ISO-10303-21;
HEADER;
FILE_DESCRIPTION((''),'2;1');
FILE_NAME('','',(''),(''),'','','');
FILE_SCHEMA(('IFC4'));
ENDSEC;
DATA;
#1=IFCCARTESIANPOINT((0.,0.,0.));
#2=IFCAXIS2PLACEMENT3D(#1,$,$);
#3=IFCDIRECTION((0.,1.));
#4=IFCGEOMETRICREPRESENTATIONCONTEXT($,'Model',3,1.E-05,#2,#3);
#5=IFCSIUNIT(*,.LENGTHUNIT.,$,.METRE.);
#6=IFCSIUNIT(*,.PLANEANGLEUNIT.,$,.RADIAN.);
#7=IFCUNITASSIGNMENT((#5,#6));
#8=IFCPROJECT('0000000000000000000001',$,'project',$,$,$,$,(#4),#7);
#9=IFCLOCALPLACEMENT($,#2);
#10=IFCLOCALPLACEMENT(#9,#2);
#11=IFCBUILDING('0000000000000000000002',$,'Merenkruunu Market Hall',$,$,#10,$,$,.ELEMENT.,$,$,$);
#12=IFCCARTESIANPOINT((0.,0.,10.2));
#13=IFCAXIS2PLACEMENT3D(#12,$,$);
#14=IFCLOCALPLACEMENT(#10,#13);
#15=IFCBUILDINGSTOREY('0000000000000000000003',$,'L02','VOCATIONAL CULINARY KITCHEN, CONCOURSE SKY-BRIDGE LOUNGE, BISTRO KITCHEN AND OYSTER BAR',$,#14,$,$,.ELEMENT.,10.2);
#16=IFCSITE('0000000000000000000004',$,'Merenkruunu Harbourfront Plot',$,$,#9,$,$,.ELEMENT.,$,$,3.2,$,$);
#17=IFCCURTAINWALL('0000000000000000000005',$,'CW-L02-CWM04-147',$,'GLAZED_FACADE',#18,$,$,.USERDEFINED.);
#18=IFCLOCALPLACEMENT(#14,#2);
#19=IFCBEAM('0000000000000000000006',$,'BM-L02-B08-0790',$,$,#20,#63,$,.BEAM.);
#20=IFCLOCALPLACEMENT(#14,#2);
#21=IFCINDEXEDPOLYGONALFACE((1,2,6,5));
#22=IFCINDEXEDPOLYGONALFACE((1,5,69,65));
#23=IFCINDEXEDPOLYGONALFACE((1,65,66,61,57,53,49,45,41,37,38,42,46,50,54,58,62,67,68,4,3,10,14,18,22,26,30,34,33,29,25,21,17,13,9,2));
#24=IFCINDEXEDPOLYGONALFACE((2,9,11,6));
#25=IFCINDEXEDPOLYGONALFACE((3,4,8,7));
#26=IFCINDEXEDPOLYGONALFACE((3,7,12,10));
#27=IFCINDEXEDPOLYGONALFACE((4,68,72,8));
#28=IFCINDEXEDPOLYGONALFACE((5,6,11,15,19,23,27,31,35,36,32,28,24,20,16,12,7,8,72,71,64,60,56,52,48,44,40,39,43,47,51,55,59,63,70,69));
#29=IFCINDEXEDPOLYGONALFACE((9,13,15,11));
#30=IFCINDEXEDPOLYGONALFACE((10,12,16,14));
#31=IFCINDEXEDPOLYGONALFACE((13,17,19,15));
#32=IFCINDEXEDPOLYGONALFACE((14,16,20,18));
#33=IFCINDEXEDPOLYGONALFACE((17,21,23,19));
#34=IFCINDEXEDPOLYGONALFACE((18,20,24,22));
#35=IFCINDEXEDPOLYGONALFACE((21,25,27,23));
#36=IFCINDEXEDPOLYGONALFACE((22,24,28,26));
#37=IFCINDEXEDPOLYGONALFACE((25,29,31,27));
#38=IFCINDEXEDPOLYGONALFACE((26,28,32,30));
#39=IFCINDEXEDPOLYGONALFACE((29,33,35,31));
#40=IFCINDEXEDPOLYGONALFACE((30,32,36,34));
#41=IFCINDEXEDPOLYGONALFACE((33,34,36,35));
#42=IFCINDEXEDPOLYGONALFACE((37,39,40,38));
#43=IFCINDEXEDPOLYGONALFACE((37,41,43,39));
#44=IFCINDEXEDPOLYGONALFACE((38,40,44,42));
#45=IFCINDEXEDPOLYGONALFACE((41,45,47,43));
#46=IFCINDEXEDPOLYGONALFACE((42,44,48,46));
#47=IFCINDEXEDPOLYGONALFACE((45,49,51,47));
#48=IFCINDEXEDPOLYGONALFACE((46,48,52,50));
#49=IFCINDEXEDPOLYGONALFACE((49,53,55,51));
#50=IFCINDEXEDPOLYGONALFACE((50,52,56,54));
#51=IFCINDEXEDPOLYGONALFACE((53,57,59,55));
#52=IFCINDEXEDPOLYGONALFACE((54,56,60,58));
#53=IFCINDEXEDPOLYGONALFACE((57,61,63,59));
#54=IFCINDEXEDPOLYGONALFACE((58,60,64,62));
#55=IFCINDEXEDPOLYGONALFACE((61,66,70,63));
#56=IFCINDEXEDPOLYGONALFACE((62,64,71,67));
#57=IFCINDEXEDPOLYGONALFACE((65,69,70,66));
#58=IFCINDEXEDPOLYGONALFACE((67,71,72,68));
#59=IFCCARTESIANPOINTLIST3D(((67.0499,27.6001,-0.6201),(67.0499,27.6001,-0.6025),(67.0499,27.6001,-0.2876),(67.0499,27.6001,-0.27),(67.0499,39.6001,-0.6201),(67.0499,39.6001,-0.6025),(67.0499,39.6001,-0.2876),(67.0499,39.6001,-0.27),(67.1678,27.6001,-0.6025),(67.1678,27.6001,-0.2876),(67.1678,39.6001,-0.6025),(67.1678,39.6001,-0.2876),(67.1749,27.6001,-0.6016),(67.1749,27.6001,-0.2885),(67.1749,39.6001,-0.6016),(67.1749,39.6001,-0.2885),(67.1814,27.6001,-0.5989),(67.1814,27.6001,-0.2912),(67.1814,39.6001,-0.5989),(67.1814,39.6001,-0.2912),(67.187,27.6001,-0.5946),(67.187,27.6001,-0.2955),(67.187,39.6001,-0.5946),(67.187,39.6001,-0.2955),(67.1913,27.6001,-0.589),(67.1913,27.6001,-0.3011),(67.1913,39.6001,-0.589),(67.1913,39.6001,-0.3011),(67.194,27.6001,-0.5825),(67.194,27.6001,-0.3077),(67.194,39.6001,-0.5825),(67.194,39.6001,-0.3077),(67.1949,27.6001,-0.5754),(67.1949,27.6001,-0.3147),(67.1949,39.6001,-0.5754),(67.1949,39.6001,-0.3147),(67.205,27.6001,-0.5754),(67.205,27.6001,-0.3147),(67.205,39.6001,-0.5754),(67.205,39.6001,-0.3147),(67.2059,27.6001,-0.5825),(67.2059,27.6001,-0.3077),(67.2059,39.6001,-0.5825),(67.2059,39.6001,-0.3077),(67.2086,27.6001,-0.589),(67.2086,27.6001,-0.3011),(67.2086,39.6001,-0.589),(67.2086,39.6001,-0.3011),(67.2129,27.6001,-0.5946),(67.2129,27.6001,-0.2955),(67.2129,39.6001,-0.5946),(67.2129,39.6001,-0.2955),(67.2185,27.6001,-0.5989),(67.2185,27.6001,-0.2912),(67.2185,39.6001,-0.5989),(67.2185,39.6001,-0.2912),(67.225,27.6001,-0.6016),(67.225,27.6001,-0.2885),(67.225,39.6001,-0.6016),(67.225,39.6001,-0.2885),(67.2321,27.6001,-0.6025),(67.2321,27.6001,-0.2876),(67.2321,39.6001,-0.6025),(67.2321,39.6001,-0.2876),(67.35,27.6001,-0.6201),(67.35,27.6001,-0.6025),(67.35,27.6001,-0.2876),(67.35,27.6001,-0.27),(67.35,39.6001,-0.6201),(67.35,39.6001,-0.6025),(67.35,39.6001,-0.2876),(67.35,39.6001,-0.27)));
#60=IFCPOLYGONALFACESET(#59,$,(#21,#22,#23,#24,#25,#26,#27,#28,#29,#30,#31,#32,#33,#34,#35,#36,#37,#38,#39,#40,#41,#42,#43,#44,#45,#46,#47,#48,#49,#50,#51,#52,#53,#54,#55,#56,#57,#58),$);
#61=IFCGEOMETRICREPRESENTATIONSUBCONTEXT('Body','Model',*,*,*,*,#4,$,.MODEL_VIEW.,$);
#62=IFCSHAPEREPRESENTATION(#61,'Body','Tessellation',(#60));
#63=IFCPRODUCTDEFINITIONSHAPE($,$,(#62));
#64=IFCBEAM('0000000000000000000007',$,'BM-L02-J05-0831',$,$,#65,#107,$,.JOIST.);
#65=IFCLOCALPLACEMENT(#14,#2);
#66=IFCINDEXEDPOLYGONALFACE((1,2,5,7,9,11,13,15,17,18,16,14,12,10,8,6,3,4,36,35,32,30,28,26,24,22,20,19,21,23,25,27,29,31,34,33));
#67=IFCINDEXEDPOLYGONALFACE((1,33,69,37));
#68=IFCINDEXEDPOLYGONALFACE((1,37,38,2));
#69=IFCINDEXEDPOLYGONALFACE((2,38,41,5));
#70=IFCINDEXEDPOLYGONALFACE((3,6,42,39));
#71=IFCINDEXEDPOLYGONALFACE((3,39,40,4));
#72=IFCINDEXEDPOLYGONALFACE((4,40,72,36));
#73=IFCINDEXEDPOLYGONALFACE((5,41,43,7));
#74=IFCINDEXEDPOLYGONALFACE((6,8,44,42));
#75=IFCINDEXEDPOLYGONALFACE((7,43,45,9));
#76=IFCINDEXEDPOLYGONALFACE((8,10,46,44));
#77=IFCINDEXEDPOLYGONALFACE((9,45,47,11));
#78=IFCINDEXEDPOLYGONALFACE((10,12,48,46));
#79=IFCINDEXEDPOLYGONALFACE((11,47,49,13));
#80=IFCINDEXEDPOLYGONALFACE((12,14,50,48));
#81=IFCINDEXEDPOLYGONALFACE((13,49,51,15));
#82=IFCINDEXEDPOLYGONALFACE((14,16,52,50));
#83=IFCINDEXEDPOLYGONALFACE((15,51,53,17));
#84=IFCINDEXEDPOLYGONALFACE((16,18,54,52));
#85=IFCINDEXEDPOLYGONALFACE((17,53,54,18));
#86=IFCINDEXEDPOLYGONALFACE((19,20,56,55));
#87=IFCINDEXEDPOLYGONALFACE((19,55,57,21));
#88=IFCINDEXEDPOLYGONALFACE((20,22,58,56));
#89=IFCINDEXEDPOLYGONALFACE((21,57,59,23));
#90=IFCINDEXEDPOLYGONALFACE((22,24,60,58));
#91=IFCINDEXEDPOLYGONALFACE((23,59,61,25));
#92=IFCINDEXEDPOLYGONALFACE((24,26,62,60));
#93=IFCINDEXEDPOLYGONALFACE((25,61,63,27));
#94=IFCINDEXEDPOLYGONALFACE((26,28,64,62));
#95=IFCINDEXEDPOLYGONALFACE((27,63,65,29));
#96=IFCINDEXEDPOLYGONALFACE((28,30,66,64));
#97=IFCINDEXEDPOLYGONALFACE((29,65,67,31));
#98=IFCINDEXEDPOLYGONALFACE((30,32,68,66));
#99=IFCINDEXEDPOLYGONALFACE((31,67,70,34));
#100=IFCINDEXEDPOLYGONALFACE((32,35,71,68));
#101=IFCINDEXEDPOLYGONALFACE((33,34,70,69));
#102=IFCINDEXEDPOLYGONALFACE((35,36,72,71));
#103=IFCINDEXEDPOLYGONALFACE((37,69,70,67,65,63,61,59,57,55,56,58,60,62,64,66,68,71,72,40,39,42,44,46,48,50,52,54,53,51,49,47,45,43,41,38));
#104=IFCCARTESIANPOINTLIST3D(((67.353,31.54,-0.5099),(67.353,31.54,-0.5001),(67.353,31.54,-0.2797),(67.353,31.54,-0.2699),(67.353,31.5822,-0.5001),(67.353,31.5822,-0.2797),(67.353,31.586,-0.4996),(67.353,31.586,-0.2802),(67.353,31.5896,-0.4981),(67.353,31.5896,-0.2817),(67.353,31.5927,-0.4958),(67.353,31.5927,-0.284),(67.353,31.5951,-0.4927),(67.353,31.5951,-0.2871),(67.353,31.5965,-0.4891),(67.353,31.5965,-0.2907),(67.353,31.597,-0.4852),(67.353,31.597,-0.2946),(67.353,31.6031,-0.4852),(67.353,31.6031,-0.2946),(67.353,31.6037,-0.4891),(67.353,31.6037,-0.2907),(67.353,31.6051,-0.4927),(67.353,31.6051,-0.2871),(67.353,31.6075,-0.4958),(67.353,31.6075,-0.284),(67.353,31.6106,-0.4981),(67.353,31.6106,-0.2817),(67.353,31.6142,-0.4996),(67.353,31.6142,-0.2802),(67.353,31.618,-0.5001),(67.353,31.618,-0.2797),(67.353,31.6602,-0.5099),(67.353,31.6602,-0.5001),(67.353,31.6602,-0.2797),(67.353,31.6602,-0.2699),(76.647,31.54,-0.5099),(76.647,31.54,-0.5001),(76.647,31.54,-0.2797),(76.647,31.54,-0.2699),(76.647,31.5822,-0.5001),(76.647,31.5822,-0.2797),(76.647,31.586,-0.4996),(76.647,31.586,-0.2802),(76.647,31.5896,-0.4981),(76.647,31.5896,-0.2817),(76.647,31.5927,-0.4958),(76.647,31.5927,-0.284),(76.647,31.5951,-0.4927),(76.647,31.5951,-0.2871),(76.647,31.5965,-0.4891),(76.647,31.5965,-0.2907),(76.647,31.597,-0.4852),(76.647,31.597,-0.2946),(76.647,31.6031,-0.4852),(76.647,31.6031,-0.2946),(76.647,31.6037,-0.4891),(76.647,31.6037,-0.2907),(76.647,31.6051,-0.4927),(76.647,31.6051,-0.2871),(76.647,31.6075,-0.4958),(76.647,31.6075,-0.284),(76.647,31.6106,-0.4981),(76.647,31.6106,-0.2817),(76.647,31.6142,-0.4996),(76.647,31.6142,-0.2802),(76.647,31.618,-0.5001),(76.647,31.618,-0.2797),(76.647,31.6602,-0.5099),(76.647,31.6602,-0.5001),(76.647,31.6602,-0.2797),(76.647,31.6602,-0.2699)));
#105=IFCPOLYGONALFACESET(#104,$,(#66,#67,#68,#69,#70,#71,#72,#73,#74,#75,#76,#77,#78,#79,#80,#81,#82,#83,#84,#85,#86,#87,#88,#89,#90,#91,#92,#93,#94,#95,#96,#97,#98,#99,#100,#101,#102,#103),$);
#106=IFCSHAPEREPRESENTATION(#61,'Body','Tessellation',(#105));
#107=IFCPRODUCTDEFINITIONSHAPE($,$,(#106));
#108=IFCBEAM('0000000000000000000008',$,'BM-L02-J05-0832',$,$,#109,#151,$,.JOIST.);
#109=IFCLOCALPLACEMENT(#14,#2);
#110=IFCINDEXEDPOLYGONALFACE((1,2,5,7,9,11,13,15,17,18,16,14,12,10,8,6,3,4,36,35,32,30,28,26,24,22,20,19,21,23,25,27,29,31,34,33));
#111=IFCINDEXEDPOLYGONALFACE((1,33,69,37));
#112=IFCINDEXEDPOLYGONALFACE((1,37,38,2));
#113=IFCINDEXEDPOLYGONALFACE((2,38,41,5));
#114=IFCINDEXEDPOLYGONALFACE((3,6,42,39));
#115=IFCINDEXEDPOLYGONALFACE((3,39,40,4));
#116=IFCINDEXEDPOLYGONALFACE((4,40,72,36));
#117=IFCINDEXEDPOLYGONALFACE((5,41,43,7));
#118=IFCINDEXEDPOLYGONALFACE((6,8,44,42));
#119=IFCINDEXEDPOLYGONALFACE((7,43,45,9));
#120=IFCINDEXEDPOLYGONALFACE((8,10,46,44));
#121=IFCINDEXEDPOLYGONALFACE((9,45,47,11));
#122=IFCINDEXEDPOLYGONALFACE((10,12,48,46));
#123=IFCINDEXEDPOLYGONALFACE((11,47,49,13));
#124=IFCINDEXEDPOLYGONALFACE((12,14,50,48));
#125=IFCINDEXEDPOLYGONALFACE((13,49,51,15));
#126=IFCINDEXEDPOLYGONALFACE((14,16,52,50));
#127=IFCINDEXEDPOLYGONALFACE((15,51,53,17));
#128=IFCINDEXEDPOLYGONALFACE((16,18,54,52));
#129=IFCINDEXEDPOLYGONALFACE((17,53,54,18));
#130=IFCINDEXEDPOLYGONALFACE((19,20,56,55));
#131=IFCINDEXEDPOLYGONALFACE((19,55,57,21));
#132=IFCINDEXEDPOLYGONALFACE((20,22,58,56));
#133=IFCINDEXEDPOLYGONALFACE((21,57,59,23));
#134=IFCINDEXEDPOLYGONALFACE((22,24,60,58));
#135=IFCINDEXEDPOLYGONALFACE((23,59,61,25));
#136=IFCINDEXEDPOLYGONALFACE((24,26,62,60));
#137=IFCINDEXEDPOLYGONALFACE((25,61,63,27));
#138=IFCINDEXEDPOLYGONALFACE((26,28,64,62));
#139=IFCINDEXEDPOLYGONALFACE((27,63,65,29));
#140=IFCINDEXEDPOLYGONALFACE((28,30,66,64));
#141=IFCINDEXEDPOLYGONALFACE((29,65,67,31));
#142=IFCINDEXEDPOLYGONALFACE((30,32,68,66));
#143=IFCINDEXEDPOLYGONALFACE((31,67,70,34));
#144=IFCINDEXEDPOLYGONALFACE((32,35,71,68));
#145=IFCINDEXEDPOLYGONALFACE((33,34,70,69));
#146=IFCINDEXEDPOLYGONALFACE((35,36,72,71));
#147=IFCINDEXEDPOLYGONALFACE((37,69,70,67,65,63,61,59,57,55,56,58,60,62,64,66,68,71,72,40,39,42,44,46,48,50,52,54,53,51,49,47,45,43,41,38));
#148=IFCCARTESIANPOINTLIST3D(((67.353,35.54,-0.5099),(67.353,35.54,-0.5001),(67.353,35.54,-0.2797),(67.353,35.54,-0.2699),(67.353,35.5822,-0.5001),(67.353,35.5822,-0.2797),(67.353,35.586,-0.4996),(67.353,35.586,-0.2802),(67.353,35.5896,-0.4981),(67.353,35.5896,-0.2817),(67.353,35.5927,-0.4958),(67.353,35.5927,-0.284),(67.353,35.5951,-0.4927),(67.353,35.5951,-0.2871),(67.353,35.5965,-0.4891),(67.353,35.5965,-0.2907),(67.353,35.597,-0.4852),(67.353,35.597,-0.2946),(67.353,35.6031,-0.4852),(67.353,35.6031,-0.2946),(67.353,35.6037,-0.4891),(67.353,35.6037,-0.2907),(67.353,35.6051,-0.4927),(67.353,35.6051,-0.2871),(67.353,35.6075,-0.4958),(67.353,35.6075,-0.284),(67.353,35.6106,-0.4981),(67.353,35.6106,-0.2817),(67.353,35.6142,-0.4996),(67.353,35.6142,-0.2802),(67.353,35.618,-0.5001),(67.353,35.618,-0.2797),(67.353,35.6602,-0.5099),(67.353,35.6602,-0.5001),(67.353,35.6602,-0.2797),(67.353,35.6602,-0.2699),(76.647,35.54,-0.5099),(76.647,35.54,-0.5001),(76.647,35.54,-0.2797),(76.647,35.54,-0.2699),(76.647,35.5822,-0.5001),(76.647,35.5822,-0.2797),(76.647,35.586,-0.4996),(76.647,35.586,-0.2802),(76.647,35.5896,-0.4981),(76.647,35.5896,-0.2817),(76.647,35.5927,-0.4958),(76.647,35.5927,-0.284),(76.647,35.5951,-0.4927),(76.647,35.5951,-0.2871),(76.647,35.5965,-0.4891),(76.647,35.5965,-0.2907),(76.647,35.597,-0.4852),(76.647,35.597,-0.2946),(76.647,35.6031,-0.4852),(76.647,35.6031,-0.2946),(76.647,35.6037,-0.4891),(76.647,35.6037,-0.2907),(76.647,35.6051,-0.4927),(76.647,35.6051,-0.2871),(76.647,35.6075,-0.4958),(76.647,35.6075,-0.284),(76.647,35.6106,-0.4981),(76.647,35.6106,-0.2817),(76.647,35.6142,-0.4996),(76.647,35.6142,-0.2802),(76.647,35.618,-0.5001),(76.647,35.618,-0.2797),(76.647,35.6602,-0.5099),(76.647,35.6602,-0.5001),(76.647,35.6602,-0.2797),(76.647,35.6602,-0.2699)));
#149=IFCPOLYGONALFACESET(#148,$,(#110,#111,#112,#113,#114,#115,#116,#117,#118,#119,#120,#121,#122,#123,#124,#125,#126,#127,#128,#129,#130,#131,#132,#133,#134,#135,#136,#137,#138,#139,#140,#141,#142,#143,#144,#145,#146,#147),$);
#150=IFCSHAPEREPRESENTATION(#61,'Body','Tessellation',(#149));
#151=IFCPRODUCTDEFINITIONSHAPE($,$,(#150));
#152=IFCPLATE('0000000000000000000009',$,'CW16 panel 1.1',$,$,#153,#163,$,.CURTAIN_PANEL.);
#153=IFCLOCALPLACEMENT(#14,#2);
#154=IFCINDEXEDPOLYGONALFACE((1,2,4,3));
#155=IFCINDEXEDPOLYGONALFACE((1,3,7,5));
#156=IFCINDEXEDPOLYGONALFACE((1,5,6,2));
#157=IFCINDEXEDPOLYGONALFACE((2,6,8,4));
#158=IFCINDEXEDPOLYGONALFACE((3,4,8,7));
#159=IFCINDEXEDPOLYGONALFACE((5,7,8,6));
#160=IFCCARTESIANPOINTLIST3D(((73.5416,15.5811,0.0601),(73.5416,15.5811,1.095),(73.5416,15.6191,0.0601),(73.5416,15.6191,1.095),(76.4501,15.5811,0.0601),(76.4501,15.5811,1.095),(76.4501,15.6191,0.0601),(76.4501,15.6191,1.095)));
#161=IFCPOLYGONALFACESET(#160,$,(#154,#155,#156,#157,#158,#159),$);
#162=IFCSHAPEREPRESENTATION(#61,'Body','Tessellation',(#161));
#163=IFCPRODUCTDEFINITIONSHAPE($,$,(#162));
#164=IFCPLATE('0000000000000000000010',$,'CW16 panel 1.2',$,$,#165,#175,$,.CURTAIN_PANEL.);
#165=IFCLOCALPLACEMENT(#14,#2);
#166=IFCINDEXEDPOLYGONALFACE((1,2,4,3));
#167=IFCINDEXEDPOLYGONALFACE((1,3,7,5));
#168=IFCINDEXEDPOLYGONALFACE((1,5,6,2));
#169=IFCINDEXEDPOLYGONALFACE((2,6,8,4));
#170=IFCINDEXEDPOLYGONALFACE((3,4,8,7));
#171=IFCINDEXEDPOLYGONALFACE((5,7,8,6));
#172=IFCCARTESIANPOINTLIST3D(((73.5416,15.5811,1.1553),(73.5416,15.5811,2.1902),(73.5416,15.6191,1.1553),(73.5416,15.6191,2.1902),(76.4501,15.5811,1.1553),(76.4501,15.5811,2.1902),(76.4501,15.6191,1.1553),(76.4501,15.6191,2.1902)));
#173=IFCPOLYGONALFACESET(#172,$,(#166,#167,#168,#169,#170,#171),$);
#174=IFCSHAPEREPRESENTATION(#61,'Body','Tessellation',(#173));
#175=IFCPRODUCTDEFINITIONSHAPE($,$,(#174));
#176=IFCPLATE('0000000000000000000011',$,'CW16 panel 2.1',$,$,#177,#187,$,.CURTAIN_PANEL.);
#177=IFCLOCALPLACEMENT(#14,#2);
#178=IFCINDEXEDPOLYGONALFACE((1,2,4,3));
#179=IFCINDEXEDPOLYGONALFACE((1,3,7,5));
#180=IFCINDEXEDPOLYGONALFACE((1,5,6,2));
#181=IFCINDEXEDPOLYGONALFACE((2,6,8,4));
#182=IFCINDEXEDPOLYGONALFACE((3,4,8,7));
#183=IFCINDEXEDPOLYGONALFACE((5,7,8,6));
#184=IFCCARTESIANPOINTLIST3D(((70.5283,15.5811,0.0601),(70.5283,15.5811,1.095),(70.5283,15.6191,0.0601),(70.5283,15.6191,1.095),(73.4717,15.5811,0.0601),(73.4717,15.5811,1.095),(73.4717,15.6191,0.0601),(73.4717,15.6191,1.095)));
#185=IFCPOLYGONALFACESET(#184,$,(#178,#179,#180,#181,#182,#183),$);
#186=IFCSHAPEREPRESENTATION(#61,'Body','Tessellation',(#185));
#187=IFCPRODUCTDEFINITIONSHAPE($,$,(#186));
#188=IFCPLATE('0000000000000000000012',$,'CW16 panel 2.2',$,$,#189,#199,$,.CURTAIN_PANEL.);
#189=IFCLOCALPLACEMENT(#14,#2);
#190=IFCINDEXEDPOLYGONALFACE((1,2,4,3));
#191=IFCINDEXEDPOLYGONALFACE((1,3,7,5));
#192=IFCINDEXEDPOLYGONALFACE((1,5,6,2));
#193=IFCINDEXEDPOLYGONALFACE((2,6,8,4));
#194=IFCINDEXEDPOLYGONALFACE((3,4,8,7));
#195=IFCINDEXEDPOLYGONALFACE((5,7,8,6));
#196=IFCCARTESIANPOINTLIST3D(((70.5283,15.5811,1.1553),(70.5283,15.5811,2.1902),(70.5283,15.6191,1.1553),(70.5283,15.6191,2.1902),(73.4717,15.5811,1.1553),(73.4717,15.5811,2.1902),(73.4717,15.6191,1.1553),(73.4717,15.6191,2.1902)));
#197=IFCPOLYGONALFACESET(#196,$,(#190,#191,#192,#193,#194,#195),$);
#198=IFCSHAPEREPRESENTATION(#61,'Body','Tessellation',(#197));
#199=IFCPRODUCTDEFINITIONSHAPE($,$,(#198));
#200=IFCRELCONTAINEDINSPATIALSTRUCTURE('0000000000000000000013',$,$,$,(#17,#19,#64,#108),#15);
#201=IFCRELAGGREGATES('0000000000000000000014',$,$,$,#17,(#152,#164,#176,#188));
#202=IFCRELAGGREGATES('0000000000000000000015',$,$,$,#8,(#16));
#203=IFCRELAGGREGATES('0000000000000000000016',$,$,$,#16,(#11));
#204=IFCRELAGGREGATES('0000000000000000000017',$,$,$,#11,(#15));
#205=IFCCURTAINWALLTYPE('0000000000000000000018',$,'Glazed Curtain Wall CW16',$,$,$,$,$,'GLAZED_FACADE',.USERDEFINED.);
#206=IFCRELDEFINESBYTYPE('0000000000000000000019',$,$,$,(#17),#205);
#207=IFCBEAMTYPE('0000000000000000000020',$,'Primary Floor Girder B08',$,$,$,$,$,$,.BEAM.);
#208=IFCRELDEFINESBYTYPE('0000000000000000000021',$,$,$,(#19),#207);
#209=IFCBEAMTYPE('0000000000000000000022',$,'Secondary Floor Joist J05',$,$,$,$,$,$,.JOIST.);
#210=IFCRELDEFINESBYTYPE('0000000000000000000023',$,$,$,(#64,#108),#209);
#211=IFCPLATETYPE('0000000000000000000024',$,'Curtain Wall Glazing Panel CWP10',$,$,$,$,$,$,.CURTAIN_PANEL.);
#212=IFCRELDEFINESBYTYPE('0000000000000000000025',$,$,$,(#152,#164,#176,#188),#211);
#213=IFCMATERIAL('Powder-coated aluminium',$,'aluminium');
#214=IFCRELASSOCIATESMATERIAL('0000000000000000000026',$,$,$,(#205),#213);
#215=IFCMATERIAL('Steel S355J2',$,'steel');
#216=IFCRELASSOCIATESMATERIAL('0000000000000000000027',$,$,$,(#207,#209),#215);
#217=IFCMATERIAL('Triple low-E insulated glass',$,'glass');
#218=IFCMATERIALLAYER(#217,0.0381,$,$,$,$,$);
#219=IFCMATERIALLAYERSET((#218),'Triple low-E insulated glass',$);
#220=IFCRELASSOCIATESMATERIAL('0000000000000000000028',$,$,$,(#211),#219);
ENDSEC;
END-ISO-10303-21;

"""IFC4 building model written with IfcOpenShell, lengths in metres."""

from ifc_helpers import new_model, si_unit, direction, frame, origin, origin_2d, place, context, subcontext, project, spatial, rectangle, i_section, extrude, material, layer, layer_set, material_profile, profile_set, type_object, element, aggregate, save


model = new_model("IFC4")

# Units and contexts
model_context = context("Model", 3, precision=1e-05, world=origin(), true_north=direction((0.0, 1.0)))
body_context = subcontext(model_context, "Body", "Model", "MODEL_VIEW")
ifc_project = project(units=[si_unit("LENGTHUNIT", "METRE"), si_unit("PLANEANGLEUNIT", "RADIAN")], contexts=[model_context])

# Site, building, storey
site_placement = place(None, origin())
site = spatial("IfcSite", under=ifc_project, at=site_placement, Name="Merenkruunu Harbourfront Plot", CompositionType="ELEMENT", RefElevation=3.2)
building_placement = place(site_placement, origin())
building = spatial("IfcBuilding", under=site, at=building_placement, Name="Merenkruunu Market Hall", CompositionType="ELEMENT")
storey_placement = place(building_placement, frame((0.0, 0.0, 10.2)))
storey = spatial("IfcBuildingStorey", under=building, at=storey_placement, Name="L02", Description="VOCATIONAL CULINARY KITCHEN, CONCOURSE SKY-BRIDGE LOUNGE, BISTRO KITCHEN AND OYSTER BAR", CompositionType="ELEMENT", Elevation=10.2)

# Curtain wall
ifc_material_1 = material(Name="Powder-coated aluminium", Category="aluminium")
curtain_wall_type = type_object("IfcCurtainWallType", Name="Glazed Curtain Wall CW16", ElementType="GLAZED_FACADE", PredefinedType="USERDEFINED", material=ifc_material_1)
curtain_wall_placement = place(storey_placement, origin())
curtain_wall = element("IfcCurtainWall", 1, at=curtain_wall_placement, inside=storey, type_object=curtain_wall_type, Name="CW-L02-CWM04-147", ObjectType="GLAZED_FACADE", PredefinedType="USERDEFINED")

# Beams
ifc_material_2 = material(Name="Steel S355J2", Category="steel")
ifc_material_profile_1 = material_profile(ifc_material_2, i_section(OverallWidth=0.3, OverallDepth=0.3501, WebThickness=0.01, FlangeThickness=0.0176, FilletRadius=0.0271, at=origin_2d()), Name="HEA 360")
ifc_profile_set_1 = profile_set([ifc_material_profile_1], Name="Steel S355J2")
beam_type_1 = type_object("IfcBeamType", Name="Primary Floor Girder B08", PredefinedType="BEAM", material=ifc_profile_set_1)
beam_placement = place(storey_placement, frame((67.2, 27.6001, -0.4451), z_axis=(0.0, 1.0, 0.0), x_axis=(-1.0, 0.0, 0.0)))
element("IfcBeam", 2, at=beam_placement, inside=storey, type_object=beam_type_1, Name="BM-L02-B08-0790", PredefinedType="BEAM", context=body_context, shape_type="SweptSolid", body=[
    extrude(i_section(OverallWidth=0.3, OverallDepth=0.3501, WebThickness=0.01, FlangeThickness=0.0176, FilletRadius=0.0271, at=origin_2d()), origin(), (0.0, 0.0, 1.0), 12.0),
])
ifc_material_profile_2 = material_profile(ifc_material_2, i_section(OverallWidth=0.1201, OverallDepth=0.24, WebThickness=0.0061, FlangeThickness=0.0098, FilletRadius=0.0149, at=origin_2d()), Name="IPE 240")
ifc_profile_set_2 = profile_set([ifc_material_profile_2], Name="Steel S355J2")
beam_type_2 = type_object("IfcBeamType", Name="Secondary Floor Joist J05", PredefinedType="JOIST", material=ifc_profile_set_2)
for number, where, z_axis, x_axis, name in (
    (3, (67.353, 31.6001, -0.3899), (1.0, 0.0, 0.0), (0.0, 1.0, 0.0), "BM-L02-J05-0831"),
    (4, (67.353, 35.6001, -0.3899), (1.0, 0.0, 0.0), (0.0, 1.0, 0.0), "BM-L02-J05-0832"),
):
    element("IfcBeam", number, at=place(storey_placement, frame(where, z_axis=z_axis, x_axis=x_axis)), inside=storey, type_object=beam_type_2, Name=name, PredefinedType="JOIST", context=body_context, shape_type="SweptSolid", body=[
        extrude(i_section(OverallWidth=0.1201, OverallDepth=0.24, WebThickness=0.0061, FlangeThickness=0.0098, FilletRadius=0.0149, at=origin_2d()), origin(), (0.0, 0.0, 1.0), 9.2939),
    ])

# Plates
ifc_material_3 = material(Name="Triple low-E insulated glass", Category="glass")
ifc_layer_1 = layer(ifc_material_3, 0.0381)
ifc_layer_set_1 = layer_set([ifc_layer_1], Name="Triple low-E insulated glass")
plate_type_1 = type_object("IfcPlateType", Name="Curtain Wall Glazing Panel CWP10", PredefinedType="CURTAIN_PANEL", material=ifc_layer_set_1)
plate_1_placement = place(storey_placement, frame((74.9958, 15.6001, 0.0601), z_axis=(0.0, 0.0, 1.0), x_axis=(-1.0, 0.0, 0.0)))
plate_1 = element("IfcPlate", 5, at=plate_1_placement, type_object=plate_type_1, Name="CW16 panel 1.1", PredefinedType="CURTAIN_PANEL", context=body_context, shape_type="SweptSolid", body=[
    extrude(rectangle(XDim=2.9084, YDim=0.0381, at=origin_2d()), origin(), (0.0, 0.0, 1.0), 1.0349),
])
plate_2_placement = place(storey_placement, frame((74.9958, 15.6001, 1.1553), z_axis=(0.0, 0.0, 1.0), x_axis=(-1.0, 0.0, 0.0)))
plate_2 = element("IfcPlate", 6, at=plate_2_placement, type_object=plate_type_1, Name="CW16 panel 1.2", PredefinedType="CURTAIN_PANEL", context=body_context, shape_type="SweptSolid", body=[
    extrude(rectangle(XDim=2.9084, YDim=0.0381, at=origin_2d()), origin(), (0.0, 0.0, 1.0), 1.0349),
])
plate_3_placement = place(storey_placement, frame((72.0, 15.6001, 0.0601), z_axis=(0.0, 0.0, 1.0), x_axis=(-1.0, 0.0, 0.0)))
plate_3 = element("IfcPlate", 7, at=plate_3_placement, type_object=plate_type_1, Name="CW16 panel 2.1", PredefinedType="CURTAIN_PANEL", context=body_context, shape_type="SweptSolid", body=[
    extrude(rectangle(XDim=2.9434, YDim=0.0381, at=origin_2d()), origin(), (0.0, 0.0, 1.0), 1.0349),
])
plate_4_placement = place(storey_placement, frame((72.0, 15.6001, 1.1553), z_axis=(0.0, 0.0, 1.0), x_axis=(-1.0, 0.0, 0.0)))
plate_4 = element("IfcPlate", 8, at=plate_4_placement, type_object=plate_type_1, Name="CW16 panel 2.2", PredefinedType="CURTAIN_PANEL", context=body_context, shape_type="SweptSolid", body=[
    extrude(rectangle(XDim=2.9434, YDim=0.0381, at=origin_2d()), origin(), (0.0, 0.0, 1.0), 1.0349),
])
aggregate(curtain_wall, [plate_1, plate_2, plate_3, plate_4])

save(model, "model.ifc")
